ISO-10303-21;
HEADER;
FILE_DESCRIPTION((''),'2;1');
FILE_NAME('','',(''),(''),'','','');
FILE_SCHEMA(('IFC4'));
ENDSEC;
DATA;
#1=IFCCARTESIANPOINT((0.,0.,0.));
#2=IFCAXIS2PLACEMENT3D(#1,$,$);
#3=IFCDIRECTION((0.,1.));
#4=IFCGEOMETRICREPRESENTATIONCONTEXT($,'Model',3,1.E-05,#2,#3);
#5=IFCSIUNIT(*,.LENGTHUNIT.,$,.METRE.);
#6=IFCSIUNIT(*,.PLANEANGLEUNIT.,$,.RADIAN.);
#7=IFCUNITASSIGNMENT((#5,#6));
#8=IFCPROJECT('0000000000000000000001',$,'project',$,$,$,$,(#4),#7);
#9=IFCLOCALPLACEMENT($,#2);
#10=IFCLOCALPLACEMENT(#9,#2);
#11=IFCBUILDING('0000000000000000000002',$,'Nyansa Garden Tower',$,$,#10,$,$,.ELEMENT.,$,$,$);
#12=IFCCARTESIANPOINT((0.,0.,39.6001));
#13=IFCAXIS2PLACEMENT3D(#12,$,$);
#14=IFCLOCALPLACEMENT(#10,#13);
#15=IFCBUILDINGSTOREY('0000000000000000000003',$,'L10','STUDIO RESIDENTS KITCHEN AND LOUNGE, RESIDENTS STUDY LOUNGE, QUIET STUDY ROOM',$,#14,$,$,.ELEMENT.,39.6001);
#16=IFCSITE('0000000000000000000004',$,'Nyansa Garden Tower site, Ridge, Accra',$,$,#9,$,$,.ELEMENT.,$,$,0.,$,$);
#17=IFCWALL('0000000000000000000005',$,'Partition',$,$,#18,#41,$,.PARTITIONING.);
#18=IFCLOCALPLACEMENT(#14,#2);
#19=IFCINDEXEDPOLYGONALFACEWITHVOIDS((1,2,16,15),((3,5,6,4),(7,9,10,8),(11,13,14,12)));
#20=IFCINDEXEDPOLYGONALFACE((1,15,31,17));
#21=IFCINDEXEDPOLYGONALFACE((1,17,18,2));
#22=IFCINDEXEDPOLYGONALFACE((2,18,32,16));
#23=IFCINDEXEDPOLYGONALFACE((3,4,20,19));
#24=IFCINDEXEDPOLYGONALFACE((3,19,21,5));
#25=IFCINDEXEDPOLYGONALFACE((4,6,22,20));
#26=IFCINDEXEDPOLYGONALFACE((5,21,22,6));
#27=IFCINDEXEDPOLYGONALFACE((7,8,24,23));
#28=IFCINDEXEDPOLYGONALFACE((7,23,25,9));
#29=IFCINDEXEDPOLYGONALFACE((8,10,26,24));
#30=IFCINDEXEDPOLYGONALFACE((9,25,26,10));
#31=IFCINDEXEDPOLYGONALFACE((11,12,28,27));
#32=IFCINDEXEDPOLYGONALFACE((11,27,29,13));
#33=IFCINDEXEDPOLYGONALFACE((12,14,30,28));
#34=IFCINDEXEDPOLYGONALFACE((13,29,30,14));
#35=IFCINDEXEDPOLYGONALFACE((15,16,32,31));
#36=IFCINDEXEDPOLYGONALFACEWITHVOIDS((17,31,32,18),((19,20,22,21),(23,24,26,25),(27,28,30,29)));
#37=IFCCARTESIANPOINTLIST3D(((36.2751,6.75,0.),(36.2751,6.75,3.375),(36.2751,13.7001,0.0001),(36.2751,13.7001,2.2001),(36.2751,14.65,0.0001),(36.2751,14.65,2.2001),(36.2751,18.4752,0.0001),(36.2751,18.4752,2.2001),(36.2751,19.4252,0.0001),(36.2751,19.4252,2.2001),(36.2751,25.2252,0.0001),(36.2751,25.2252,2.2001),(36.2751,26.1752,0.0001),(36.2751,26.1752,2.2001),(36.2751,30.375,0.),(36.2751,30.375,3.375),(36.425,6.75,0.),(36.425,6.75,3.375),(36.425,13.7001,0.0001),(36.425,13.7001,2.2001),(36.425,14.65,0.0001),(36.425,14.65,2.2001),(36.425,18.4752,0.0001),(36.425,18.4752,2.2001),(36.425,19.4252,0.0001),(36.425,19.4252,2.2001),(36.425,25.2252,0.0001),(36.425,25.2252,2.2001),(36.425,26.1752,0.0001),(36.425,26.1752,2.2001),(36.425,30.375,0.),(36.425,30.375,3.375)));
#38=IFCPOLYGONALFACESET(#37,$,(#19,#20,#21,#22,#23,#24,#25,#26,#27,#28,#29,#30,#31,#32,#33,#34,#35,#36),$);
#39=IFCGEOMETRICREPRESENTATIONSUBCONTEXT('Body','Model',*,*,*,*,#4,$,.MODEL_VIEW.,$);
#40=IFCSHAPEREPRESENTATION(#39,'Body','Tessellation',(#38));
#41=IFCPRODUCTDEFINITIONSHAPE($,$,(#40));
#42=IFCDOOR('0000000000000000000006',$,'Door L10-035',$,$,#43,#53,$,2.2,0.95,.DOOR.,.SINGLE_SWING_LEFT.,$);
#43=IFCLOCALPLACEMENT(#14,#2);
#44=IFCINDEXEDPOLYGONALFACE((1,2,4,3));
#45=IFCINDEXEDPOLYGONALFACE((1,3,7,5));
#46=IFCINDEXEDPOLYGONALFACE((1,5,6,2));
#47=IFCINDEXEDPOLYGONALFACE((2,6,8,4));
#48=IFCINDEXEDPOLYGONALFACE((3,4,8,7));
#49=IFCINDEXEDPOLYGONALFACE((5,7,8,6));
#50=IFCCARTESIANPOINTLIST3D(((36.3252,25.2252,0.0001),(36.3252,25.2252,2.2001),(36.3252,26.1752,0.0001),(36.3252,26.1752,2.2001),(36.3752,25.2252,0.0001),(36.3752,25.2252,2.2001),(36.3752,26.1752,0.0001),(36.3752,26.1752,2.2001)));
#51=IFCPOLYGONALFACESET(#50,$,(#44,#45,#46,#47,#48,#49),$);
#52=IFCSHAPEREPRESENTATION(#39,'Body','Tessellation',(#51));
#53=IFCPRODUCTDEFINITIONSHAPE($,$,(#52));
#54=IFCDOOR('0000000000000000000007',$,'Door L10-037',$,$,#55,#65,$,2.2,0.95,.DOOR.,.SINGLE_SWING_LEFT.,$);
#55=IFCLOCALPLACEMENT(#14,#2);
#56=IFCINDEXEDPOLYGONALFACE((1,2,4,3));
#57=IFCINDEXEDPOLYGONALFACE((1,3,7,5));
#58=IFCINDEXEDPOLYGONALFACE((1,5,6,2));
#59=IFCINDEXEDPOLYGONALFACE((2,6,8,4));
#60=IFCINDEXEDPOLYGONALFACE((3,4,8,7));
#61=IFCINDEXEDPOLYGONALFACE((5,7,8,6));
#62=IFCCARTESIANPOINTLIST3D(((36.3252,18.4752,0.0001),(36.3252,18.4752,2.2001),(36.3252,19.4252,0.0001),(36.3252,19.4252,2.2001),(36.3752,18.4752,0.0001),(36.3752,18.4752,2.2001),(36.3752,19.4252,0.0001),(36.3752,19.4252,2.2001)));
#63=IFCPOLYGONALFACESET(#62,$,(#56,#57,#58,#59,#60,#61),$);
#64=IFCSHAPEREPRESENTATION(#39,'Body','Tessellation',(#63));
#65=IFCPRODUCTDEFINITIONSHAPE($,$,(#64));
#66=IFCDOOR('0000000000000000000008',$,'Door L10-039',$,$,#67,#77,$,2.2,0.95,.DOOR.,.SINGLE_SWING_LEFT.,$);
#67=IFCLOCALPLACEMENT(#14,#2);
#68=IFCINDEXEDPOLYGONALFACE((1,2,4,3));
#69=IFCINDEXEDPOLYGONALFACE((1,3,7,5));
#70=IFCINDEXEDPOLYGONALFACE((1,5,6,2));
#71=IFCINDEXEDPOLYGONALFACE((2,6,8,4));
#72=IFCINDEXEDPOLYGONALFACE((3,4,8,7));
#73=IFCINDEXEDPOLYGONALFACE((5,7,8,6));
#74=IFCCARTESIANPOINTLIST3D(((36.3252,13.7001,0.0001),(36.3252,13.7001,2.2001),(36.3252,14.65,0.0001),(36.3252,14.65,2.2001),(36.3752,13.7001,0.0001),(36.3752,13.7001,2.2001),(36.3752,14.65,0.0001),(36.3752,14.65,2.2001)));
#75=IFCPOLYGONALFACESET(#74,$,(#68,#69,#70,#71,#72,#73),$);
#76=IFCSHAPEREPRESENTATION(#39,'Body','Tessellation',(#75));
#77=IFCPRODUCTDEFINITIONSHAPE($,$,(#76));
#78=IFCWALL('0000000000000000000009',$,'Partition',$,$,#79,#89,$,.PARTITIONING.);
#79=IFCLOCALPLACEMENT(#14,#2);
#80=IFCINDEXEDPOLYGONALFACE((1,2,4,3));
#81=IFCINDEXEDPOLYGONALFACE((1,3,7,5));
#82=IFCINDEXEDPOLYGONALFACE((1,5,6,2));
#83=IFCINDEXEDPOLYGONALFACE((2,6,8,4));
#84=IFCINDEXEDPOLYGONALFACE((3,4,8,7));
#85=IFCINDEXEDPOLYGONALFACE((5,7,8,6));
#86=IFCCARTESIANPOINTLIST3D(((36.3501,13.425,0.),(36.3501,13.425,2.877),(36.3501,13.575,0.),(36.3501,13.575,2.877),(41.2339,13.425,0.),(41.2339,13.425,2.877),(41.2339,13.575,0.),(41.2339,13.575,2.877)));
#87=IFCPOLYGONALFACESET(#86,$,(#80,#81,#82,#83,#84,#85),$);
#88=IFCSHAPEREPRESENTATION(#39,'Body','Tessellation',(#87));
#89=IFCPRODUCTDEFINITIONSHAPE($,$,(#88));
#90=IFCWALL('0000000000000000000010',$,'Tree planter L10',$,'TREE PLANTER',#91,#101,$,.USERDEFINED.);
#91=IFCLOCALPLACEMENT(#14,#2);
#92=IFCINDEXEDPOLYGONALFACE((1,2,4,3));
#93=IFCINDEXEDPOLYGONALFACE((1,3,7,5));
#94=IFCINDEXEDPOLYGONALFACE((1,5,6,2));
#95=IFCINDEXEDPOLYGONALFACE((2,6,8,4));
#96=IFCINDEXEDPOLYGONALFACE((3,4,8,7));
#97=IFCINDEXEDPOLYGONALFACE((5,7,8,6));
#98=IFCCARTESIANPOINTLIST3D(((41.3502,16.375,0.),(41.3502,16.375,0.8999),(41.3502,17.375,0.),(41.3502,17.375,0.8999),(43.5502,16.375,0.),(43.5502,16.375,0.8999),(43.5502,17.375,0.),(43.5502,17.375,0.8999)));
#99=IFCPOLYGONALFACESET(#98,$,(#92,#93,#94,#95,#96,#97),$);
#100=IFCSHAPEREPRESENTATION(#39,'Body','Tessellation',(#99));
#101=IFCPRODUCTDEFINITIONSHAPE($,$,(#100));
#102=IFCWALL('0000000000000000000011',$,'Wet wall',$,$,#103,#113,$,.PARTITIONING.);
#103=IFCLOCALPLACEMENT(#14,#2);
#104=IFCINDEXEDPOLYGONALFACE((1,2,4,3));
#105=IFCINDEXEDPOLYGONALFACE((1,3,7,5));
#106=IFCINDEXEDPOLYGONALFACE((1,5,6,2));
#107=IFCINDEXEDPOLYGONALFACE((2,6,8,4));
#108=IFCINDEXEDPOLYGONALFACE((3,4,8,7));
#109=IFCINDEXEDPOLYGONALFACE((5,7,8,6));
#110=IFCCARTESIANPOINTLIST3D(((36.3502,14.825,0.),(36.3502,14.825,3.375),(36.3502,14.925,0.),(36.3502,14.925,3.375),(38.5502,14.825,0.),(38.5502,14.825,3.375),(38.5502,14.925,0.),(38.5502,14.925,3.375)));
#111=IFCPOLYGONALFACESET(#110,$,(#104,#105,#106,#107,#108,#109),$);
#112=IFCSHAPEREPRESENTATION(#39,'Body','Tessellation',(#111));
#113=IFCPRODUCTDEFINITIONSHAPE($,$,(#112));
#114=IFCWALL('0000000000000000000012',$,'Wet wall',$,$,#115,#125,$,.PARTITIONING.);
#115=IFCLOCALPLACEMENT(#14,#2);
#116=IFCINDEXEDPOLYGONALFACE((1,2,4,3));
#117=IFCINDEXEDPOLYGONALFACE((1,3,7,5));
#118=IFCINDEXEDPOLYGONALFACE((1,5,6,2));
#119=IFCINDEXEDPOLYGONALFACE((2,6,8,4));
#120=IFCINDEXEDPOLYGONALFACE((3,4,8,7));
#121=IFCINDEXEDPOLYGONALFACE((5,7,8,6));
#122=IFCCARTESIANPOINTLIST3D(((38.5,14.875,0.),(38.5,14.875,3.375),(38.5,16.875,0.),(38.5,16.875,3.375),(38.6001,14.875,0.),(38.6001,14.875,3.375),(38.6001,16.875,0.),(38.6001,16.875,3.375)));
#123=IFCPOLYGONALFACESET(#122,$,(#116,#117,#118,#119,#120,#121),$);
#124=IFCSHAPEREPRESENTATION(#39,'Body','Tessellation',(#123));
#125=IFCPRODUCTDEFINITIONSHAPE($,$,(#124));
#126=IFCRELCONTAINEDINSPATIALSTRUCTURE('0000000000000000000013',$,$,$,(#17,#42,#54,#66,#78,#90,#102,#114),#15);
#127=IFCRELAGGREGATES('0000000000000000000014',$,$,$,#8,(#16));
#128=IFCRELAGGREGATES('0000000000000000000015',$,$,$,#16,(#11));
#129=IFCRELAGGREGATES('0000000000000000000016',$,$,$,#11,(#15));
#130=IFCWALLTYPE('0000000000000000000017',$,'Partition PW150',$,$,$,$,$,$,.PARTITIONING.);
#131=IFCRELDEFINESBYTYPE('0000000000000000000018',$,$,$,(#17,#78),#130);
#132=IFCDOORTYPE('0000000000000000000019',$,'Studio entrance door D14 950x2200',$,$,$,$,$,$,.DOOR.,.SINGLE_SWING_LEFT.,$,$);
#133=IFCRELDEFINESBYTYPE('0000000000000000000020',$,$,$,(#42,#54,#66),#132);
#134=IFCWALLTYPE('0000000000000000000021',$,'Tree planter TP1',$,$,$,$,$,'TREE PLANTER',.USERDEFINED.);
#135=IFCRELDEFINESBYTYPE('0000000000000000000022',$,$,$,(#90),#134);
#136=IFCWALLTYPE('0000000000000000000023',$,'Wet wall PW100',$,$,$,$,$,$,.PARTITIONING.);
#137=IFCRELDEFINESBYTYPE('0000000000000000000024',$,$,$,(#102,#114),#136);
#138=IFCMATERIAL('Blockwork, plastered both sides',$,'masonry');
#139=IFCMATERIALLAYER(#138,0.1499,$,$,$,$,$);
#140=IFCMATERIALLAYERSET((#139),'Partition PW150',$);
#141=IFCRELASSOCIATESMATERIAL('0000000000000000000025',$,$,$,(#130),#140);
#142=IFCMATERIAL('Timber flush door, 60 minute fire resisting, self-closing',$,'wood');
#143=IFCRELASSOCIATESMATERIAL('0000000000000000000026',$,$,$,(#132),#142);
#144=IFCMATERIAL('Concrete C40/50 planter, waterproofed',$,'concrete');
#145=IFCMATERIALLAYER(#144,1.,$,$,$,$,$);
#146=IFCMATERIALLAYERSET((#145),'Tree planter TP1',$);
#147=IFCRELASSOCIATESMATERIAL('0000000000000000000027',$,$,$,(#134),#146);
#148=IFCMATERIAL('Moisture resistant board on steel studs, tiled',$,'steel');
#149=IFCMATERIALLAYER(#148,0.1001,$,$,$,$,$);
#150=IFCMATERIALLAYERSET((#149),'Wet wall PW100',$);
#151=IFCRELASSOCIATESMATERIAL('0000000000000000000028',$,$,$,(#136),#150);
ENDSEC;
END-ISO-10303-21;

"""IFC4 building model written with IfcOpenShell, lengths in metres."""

from ifc_helpers import new_model, si_unit, direction, frame, frame_2d, origin, place, context, subcontext, project, spatial, rectangle, extrude, material, layer, layer_set, type_object, element, fill, save


model = new_model("IFC4")

# Units and contexts
model_context = context("Model", 3, precision=1e-05, world=origin(), true_north=direction((0.0, 1.0)))
body_context = subcontext(model_context, "Body", "Model", "MODEL_VIEW")
ifc_project = project(units=[si_unit("LENGTHUNIT", "METRE"), si_unit("PLANEANGLEUNIT", "RADIAN")], contexts=[model_context])

# Site, building, storey
site_placement = place(None, origin())
site = spatial("IfcSite", under=ifc_project, at=site_placement, Name="Nyansa Garden Tower site, Ridge, Accra", CompositionType="ELEMENT", RefElevation=0.0)
building_placement = place(site_placement, origin())
building = spatial("IfcBuilding", under=site, at=building_placement, Name="Nyansa Garden Tower", CompositionType="ELEMENT")
storey_placement = place(building_placement, frame((0.0, 0.0, 39.6001)))
storey = spatial("IfcBuildingStorey", under=building, at=storey_placement, Name="L10", Description="STUDIO RESIDENTS KITCHEN AND LOUNGE, RESIDENTS STUDY LOUNGE, QUIET STUDY ROOM", CompositionType="ELEMENT", Elevation=39.6001)

# Shared definitions
ifc_material_1 = material(Name="Blockwork, plastered both sides", Category="masonry")
ifc_layer_1 = layer(ifc_material_1, 0.1499)
ifc_layer_set_1 = layer_set([ifc_layer_1], Name="Partition PW150")
wall_type_1 = type_object("IfcWallType", Name="Partition PW150", PredefinedType="PARTITIONING", material=ifc_layer_set_1)

# Wall, openings, doors
wall_1_placement = place(storey_placement, frame((36.3501, 6.75, 0.0), z_axis=(0.0, 0.0, 1.0), x_axis=(0.0, 1.0, 0.0)))
wall_1 = element("IfcWall", 1, at=wall_1_placement, inside=storey, type_object=wall_type_1, Name="Partition", PredefinedType="PARTITIONING", context=body_context, shape_type="SweptSolid", body=[
    extrude(rectangle(XDim=23.625, YDim=0.1499, at=frame_2d((11.8125, 0.0))), origin(), (0.0, 0.0, 1.0), 3.375),
])
opening_1_placement = place(wall_1_placement, frame((18.4751, 0.0, 0.0)))
opening_1 = element("IfcOpeningElement", 2, at=opening_1_placement, cuts=wall_1, PredefinedType="OPENING", context=body_context, shape_type="SweptSolid", body=[
    extrude(rectangle(XDim=0.95, YDim=2.2, at=frame_2d((0.4751, 1.1001))), frame((0.0, 0.085, 0.0), z_axis=(0.0, -1.0, 0.0), x_axis=(1.0, 0.0, 0.0)), (0.0, 0.0, 1.0), 0.1699),
])
opening_2_placement = place(wall_1_placement, frame((11.7251, 0.0, 0.0)))
opening_2 = element("IfcOpeningElement", 3, at=opening_2_placement, cuts=wall_1, PredefinedType="OPENING", context=body_context, shape_type="SweptSolid", body=[
    extrude(rectangle(XDim=0.95, YDim=2.2, at=frame_2d((0.4751, 1.1001))), frame((0.0, 0.085, 0.0), z_axis=(0.0, -1.0, 0.0), x_axis=(1.0, 0.0, 0.0)), (0.0, 0.0, 1.0), 0.1699),
])
opening_3_placement = place(wall_1_placement, frame((6.95, 0.0, 0.0)))
opening_3 = element("IfcOpeningElement", 4, at=opening_3_placement, cuts=wall_1, PredefinedType="OPENING", context=body_context, shape_type="SweptSolid", body=[
    extrude(rectangle(XDim=0.95, YDim=2.2, at=frame_2d((0.4751, 1.1001))), frame((0.0, 0.085, 0.0), z_axis=(0.0, -1.0, 0.0), x_axis=(1.0, 0.0, 0.0)), (0.0, 0.0, 1.0), 0.1699),
])
ifc_material_2 = material(Name="Timber flush door, 60 minute fire resisting, self-closing", Category="wood")
door_type_1 = type_object("IfcDoorType", Name="Studio entrance door D14 950x2200", OperationType="SINGLE_SWING_LEFT", PredefinedType="DOOR", material=ifc_material_2)
door_1_placement = place(opening_1_placement, origin())
door_1 = element("IfcDoor", 5, at=door_1_placement, inside=storey, type_object=door_type_1, Name="Door L10-035", OperationType="SINGLE_SWING_LEFT", OverallHeight=2.2, OverallWidth=0.95, PredefinedType="DOOR", context=body_context, shape_type="SweptSolid", body=[
    extrude(rectangle(XDim=0.95, YDim=2.2, at=frame_2d((0.4751, 1.1001))), frame((0.0, 0.0249, 0.0), z_axis=(0.0, -1.0, 0.0), x_axis=(1.0, 0.0, 0.0)), (0.0, 0.0, 1.0), 0.05),
])
fill(opening_1, door_1)
door_2_placement = place(opening_2_placement, origin())
door_2 = element("IfcDoor", 6, at=door_2_placement, inside=storey, type_object=door_type_1, Name="Door L10-037", OperationType="SINGLE_SWING_LEFT", OverallHeight=2.2, OverallWidth=0.95, PredefinedType="DOOR", context=body_context, shape_type="SweptSolid", body=[
    extrude(rectangle(XDim=0.95, YDim=2.2, at=frame_2d((0.4751, 1.1001))), frame((0.0, 0.0249, 0.0), z_axis=(0.0, -1.0, 0.0), x_axis=(1.0, 0.0, 0.0)), (0.0, 0.0, 1.0), 0.05),
])
fill(opening_2, door_2)
door_3_placement = place(opening_3_placement, origin())
door_3 = element("IfcDoor", 7, at=door_3_placement, inside=storey, type_object=door_type_1, Name="Door L10-039", OperationType="SINGLE_SWING_LEFT", OverallHeight=2.2, OverallWidth=0.95, PredefinedType="DOOR", context=body_context, shape_type="SweptSolid", body=[
    extrude(rectangle(XDim=0.95, YDim=2.2, at=frame_2d((0.4751, 1.1001))), frame((0.0, 0.0249, 0.0), z_axis=(0.0, -1.0, 0.0), x_axis=(1.0, 0.0, 0.0)), (0.0, 0.0, 1.0), 0.05),
])
fill(opening_3, door_3)

# Walls
wall_2_placement = place(storey_placement, frame((36.3501, 13.5, 0.0), z_axis=(0.0, 0.0, 1.0), x_axis=(1.0, 0.0, 0.0)))
element("IfcWall", 8, at=wall_2_placement, inside=storey, type_object=wall_type_1, Name="Partition", PredefinedType="PARTITIONING", context=body_context, shape_type="SweptSolid", body=[
    extrude(rectangle(XDim=4.8838, YDim=0.1499, at=frame_2d((2.4419, 0.0))), origin(), (0.0, 0.0, 1.0), 2.877),
])
ifc_material_3 = material(Name="Concrete C40/50 planter, waterproofed", Category="concrete")
ifc_layer_2 = layer(ifc_material_3, 1.0)
ifc_layer_set_2 = layer_set([ifc_layer_2], Name="Tree planter TP1")
wall_type_2 = type_object("IfcWallType", Name="Tree planter TP1", ElementType="TREE PLANTER", PredefinedType="USERDEFINED", material=ifc_layer_set_2)
wall_3_placement = place(storey_placement, frame((41.3501, 16.875, 0.0), z_axis=(0.0, 0.0, 1.0), x_axis=(1.0, 0.0, 0.0)))
element("IfcWall", 9, at=wall_3_placement, inside=storey, type_object=wall_type_2, Name="Tree planter L10", ObjectType="TREE PLANTER", PredefinedType="USERDEFINED", context=body_context, shape_type="SweptSolid", body=[
    extrude(rectangle(XDim=2.2, YDim=1.0, at=frame_2d((1.1001, 0.0))), origin(), (0.0, 0.0, 1.0), 0.8999),
])
ifc_material_4 = material(Name="Moisture resistant board on steel studs, tiled", Category="steel")
ifc_layer_3 = layer(ifc_material_4, 0.1001)
ifc_layer_set_3 = layer_set([ifc_layer_3], Name="Wet wall PW100")
wall_type_3 = type_object("IfcWallType", Name="Wet wall PW100", PredefinedType="PARTITIONING", material=ifc_layer_set_3)
wall_4_placement = place(storey_placement, frame((36.3501, 14.875, 0.0), z_axis=(0.0, 0.0, 1.0), x_axis=(1.0, 0.0, 0.0)))
element("IfcWall", 10, at=wall_4_placement, inside=storey, type_object=wall_type_3, Name="Wet wall", PredefinedType="PARTITIONING", context=body_context, shape_type="SweptSolid", body=[
    extrude(rectangle(XDim=2.2, YDim=0.1001, at=frame_2d((1.1001, 0.0))), origin(), (0.0, 0.0, 1.0), 3.375),
])
wall_5_placement = place(storey_placement, frame((38.55, 14.875, 0.0), z_axis=(0.0, 0.0, 1.0), x_axis=(0.0, 1.0, 0.0)))
element("IfcWall", 11, at=wall_5_placement, inside=storey, type_object=wall_type_3, Name="Wet wall", PredefinedType="PARTITIONING", context=body_context, shape_type="SweptSolid", body=[
    extrude(rectangle(XDim=2.0, YDim=0.1001, at=frame_2d((1.0, 0.0))), origin(), (0.0, 0.0, 1.0), 3.375),
])

save(model, "model.ifc")
